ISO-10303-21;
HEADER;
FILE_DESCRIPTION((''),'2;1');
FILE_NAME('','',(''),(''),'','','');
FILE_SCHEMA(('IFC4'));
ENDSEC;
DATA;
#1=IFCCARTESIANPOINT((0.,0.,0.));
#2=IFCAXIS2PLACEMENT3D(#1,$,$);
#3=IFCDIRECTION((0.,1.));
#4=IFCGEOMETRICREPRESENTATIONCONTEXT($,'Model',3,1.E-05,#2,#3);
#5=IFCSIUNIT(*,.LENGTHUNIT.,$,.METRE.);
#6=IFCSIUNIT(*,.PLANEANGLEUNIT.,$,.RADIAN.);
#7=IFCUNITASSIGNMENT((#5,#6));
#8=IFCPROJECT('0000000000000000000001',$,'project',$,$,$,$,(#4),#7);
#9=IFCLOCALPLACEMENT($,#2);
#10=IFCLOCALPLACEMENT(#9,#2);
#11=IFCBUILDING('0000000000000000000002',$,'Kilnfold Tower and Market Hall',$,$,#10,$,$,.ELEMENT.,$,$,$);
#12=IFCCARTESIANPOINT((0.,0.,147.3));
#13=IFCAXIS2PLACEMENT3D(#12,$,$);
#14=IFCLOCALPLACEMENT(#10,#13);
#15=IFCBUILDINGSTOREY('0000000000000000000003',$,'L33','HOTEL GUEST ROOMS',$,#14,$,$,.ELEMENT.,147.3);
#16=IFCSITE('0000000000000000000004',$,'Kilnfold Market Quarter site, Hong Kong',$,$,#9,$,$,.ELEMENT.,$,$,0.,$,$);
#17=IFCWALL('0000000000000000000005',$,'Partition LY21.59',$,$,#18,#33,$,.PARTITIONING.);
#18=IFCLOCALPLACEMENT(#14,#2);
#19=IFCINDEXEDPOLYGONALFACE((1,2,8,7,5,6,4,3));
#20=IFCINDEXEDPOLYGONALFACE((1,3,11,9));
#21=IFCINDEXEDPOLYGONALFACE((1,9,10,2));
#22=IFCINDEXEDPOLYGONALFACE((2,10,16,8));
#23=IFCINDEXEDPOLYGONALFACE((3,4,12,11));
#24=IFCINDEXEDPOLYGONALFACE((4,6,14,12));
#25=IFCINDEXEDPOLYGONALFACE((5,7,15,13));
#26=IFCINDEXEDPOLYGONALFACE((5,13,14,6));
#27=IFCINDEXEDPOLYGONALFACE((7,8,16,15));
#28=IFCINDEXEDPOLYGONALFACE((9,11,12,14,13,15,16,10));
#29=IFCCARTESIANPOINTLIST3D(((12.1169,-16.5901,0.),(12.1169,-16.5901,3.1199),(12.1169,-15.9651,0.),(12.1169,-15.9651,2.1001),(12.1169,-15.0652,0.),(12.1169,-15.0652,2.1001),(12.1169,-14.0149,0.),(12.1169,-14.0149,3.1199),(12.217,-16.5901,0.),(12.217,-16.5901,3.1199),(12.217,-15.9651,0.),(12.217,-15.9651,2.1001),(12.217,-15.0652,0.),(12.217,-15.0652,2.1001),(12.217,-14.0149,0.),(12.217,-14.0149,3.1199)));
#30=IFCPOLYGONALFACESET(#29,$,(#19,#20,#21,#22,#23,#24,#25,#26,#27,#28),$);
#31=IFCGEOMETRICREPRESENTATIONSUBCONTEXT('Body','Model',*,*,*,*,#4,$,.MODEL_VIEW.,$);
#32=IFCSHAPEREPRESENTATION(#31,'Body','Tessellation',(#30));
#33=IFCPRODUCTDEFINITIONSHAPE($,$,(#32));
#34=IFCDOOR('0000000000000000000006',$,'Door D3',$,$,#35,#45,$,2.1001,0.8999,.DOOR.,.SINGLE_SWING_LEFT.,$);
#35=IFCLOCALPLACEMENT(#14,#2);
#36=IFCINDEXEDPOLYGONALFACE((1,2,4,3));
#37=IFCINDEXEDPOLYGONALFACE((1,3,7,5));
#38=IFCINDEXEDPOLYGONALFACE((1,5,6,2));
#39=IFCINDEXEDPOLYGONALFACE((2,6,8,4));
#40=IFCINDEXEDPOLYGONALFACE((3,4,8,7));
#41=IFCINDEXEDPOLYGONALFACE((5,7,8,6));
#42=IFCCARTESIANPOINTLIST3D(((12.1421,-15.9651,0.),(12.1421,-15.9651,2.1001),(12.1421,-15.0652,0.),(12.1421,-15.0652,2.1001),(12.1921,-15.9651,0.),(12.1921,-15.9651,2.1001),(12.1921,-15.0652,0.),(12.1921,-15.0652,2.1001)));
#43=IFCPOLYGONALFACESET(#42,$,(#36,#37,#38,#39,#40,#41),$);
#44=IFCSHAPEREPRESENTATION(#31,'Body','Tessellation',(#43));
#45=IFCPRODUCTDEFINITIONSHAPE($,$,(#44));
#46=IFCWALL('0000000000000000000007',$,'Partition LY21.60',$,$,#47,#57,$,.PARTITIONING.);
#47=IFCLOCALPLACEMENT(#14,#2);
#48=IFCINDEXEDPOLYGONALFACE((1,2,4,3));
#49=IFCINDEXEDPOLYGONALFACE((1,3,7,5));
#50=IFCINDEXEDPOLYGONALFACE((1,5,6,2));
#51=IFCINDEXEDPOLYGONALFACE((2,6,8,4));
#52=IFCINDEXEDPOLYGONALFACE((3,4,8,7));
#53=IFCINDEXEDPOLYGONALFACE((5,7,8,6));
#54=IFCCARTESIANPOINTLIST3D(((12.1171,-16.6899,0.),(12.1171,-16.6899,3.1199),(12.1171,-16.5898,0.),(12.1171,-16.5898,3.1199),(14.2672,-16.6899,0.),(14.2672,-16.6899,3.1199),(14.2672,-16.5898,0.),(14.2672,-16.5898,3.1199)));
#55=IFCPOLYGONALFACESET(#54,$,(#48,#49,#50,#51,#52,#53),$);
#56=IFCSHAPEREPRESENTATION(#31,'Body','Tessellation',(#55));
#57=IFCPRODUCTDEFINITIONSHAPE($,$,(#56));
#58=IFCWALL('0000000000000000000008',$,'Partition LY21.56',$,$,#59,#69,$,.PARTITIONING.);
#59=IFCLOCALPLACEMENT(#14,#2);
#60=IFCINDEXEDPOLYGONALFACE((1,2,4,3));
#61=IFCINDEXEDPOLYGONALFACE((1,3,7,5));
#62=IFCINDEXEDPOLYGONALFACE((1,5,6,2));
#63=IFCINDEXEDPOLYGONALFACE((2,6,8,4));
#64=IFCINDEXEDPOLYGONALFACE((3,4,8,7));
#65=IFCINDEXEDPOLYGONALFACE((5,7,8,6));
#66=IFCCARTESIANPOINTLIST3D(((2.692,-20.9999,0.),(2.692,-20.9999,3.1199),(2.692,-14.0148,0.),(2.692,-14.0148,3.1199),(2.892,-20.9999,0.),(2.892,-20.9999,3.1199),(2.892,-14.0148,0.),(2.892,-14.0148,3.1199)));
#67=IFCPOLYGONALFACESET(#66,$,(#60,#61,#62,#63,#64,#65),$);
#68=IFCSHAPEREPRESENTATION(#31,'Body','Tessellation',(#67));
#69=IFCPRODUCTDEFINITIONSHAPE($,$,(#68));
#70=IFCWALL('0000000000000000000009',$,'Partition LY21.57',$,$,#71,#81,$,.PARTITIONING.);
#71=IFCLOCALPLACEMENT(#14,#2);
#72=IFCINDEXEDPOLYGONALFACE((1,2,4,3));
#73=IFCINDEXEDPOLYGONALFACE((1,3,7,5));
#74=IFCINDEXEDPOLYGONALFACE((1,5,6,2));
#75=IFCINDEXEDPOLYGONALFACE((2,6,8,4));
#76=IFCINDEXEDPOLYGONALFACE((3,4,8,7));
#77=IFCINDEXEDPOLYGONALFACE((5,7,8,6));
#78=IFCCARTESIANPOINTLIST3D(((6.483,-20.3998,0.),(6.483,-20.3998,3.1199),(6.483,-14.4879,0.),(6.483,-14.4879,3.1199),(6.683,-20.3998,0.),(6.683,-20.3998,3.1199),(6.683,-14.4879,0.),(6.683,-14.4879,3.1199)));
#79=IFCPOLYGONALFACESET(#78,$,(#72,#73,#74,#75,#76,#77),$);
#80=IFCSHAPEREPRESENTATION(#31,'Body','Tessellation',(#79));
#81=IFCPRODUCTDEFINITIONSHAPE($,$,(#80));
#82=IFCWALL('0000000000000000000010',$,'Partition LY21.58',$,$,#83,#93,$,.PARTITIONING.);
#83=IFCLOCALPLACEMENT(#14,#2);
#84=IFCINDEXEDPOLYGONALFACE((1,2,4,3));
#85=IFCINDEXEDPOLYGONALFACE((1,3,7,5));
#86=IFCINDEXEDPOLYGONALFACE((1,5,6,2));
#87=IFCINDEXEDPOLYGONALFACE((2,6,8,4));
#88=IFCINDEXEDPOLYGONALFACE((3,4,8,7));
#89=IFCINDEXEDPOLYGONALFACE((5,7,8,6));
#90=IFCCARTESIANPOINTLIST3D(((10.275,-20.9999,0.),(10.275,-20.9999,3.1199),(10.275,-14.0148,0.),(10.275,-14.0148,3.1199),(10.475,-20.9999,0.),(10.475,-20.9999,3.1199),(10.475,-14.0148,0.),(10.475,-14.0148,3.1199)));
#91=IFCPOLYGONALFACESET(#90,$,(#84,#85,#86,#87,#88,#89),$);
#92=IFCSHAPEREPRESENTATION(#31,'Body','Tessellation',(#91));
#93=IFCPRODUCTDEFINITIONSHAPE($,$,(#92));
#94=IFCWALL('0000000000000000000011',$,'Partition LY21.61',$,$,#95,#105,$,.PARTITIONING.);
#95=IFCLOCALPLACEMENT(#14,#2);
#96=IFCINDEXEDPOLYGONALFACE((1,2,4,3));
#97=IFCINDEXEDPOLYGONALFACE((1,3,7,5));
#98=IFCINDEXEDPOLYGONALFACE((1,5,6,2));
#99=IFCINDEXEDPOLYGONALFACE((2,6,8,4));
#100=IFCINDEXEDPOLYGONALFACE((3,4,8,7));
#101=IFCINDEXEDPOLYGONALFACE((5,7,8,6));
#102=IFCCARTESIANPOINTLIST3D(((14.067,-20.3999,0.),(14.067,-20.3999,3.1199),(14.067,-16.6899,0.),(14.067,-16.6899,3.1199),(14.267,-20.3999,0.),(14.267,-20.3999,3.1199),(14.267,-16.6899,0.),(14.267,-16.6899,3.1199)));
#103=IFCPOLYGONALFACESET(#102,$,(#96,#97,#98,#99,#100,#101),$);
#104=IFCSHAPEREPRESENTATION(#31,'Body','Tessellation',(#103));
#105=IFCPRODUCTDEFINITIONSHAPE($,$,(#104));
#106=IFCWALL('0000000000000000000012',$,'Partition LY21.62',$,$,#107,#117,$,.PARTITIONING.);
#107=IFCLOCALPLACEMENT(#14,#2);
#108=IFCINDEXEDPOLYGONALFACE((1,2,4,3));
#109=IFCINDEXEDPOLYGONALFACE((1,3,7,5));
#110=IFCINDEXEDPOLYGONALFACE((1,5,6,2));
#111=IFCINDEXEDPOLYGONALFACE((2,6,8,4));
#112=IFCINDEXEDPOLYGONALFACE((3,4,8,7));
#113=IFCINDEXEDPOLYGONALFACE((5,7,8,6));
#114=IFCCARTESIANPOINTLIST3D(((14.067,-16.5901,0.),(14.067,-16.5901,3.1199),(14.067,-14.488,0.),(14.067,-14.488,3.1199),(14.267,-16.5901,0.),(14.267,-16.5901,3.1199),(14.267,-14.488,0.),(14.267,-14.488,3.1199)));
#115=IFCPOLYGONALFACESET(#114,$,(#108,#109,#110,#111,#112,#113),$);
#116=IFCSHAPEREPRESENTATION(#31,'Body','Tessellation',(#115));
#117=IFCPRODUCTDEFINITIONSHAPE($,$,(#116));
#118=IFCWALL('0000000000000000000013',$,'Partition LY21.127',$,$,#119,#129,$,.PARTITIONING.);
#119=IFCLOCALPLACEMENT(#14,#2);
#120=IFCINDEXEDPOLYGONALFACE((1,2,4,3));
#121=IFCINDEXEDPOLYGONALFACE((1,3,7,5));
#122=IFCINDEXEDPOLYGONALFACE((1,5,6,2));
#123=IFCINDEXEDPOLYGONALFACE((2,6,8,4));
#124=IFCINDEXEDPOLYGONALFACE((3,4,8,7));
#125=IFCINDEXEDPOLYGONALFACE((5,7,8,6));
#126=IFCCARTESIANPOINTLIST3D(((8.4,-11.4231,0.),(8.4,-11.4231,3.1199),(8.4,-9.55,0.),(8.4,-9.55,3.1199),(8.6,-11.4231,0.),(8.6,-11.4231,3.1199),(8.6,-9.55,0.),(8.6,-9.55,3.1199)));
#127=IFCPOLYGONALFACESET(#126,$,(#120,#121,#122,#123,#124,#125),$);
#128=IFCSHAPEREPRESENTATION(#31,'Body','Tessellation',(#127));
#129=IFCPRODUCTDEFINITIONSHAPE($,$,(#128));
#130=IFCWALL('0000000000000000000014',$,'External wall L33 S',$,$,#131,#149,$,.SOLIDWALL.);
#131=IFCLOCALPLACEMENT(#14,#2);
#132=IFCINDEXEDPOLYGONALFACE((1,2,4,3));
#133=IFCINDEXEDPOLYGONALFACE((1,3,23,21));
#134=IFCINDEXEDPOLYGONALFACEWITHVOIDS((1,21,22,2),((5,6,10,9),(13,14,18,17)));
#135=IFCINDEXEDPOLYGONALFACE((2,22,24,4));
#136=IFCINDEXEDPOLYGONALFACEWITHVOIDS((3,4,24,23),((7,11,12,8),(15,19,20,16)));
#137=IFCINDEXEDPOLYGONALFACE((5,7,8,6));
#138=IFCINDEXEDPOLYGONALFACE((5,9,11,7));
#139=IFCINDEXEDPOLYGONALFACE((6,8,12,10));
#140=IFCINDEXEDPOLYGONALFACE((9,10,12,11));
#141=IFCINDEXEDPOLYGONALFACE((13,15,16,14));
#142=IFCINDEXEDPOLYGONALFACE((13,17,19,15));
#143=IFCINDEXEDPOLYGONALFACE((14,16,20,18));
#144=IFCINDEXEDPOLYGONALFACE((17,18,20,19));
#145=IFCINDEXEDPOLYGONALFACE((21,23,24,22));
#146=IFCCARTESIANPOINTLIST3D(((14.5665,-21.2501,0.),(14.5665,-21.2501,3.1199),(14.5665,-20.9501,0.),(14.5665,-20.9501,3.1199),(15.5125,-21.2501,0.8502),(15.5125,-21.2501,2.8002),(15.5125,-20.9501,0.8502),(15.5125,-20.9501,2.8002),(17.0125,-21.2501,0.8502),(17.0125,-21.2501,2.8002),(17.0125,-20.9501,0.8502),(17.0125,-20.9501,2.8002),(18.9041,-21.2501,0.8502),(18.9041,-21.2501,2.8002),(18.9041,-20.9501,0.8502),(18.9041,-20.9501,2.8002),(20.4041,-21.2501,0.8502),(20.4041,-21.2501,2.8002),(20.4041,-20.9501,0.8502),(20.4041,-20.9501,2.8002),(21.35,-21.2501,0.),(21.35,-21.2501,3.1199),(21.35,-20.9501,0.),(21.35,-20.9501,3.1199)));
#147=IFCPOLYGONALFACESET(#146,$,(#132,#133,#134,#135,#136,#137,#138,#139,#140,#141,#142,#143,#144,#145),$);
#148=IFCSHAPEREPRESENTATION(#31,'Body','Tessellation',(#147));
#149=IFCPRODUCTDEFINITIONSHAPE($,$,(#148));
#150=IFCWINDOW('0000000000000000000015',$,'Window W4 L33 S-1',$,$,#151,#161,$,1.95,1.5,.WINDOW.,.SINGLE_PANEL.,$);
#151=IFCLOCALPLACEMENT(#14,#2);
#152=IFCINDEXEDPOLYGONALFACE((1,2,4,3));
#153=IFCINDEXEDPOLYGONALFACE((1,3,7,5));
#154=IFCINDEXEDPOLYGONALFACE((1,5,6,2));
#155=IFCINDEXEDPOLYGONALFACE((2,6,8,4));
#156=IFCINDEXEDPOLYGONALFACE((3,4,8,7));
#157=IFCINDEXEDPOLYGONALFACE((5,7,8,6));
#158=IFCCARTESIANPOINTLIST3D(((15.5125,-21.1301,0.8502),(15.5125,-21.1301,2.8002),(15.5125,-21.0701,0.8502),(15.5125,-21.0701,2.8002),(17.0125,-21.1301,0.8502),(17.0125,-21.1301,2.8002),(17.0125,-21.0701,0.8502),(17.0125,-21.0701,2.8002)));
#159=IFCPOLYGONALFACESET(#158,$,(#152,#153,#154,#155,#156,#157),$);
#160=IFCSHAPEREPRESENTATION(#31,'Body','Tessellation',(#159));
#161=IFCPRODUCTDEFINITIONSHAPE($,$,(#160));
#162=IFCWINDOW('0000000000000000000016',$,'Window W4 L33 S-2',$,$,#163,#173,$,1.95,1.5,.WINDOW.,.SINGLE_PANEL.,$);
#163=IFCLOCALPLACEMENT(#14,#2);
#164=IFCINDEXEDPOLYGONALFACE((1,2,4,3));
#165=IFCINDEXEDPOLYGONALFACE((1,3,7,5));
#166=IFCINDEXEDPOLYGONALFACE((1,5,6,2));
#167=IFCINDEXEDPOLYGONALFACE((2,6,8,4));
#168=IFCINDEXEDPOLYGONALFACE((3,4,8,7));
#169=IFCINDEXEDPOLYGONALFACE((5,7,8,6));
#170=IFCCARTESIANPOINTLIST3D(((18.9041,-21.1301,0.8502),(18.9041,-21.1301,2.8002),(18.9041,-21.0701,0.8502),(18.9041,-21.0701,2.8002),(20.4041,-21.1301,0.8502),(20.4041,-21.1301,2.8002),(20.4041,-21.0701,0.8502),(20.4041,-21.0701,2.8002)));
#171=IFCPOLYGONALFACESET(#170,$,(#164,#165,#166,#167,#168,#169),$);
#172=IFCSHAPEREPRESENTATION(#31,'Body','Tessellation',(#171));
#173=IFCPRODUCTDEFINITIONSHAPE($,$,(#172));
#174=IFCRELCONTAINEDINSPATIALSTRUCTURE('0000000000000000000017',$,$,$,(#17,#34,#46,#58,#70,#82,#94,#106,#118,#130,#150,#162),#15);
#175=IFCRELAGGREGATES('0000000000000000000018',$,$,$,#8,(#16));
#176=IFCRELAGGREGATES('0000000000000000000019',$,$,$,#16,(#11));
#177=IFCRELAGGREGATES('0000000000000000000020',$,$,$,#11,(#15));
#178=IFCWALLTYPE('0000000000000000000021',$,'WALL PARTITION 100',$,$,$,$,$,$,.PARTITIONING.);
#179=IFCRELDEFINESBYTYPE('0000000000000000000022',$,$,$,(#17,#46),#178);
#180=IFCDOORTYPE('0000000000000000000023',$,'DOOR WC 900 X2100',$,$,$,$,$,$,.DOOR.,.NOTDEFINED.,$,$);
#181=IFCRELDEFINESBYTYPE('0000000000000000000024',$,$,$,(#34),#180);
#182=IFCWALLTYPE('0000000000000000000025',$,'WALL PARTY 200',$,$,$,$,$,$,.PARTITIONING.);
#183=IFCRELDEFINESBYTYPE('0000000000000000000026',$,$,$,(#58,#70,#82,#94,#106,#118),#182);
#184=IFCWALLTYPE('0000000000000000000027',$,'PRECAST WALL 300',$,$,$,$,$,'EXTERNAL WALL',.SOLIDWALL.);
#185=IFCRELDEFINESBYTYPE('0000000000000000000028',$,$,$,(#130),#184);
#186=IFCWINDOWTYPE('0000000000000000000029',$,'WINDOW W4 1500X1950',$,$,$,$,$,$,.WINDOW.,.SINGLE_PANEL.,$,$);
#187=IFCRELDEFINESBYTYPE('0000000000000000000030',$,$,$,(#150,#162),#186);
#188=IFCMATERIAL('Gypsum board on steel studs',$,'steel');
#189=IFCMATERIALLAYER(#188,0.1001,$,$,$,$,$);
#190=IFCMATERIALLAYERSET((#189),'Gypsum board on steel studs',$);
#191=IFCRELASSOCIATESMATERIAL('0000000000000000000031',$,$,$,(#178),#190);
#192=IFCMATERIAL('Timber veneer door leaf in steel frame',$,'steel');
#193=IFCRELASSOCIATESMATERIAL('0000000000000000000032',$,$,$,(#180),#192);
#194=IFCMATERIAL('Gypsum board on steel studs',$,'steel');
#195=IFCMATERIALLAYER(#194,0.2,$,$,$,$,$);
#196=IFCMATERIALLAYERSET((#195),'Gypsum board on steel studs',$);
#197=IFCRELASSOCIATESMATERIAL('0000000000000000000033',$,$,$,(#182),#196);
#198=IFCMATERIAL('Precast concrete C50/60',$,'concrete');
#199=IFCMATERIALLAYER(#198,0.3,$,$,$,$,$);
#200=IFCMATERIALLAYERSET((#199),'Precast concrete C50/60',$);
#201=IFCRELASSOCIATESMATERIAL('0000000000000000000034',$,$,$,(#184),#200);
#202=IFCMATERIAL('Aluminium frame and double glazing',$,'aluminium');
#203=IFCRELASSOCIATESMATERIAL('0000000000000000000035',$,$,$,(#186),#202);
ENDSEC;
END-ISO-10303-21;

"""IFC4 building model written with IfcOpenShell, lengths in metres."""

from ifc_helpers import new_model, si_unit, direction, frame, frame_2d, origin, place, context, subcontext, project, spatial, rectangle, extrude, source, transform, mapped, material, layer, layer_set, type_object, element, fill, save


model = new_model("IFC4")

# Units and contexts
model_context = context("Model", 3, precision=1e-05, world=origin(), true_north=direction((0.0, 1.0)))
body_context = subcontext(model_context, "Body", "Model", "MODEL_VIEW")
ifc_project = project(units=[si_unit("LENGTHUNIT", "METRE"), si_unit("PLANEANGLEUNIT", "RADIAN")], contexts=[model_context])

# Site, building, storey
site_placement = place(None, origin())
site = spatial("IfcSite", under=ifc_project, at=site_placement, Name="Kilnfold Market Quarter site, Hong Kong", CompositionType="ELEMENT", RefElevation=0.0)
building_placement = place(site_placement, origin())
building = spatial("IfcBuilding", under=site, at=building_placement, Name="Kilnfold Tower and Market Hall", CompositionType="ELEMENT")
storey_placement = place(building_placement, frame((0.0, 0.0, 147.3)))
storey = spatial("IfcBuildingStorey", under=building, at=storey_placement, Name="L33", Description="HOTEL GUEST ROOMS", CompositionType="ELEMENT", Elevation=147.3)

# Wall, opening, door
ifc_material_1 = material(Name="Gypsum board on steel studs", Category="steel")
ifc_layer_1 = layer(ifc_material_1, 0.1001)
ifc_layer_set_1 = layer_set([ifc_layer_1], Name="Gypsum board on steel studs")
wall_type_1 = type_object("IfcWallType", Name="WALL PARTITION 100", PredefinedType="PARTITIONING", material=ifc_layer_set_1)
ifc_material_2 = material(Name="Timber veneer door leaf in steel frame", Category="steel")
door_type_1 = type_object("IfcDoorType", Name="DOOR WC 900 X2100", OperationType="NOTDEFINED", PredefinedType="DOOR", material=ifc_material_2)
wall_1_placement = place(storey_placement, frame((12.167, -16.5901, 0.0), z_axis=(0.0, 0.0, 1.0), x_axis=(0.0, 1.0, 0.0)))
wall_1 = element("IfcWall", 1, at=wall_1_placement, inside=storey, type_object=wall_type_1, Name="Partition LY21.59", PredefinedType="PARTITIONING", context=body_context, shape_type="SweptSolid", body=[
    extrude(rectangle(XDim=2.5752, YDim=0.1001, at=frame_2d((1.2876, 0.0))), origin(), (0.0, 0.0, 1.0), 3.1199),
])
opening_1_placement = place(wall_1_placement, frame((0.625, 0.0, 0.0)))
opening_1 = element("IfcOpeningElement", 2, at=opening_1_placement, cuts=wall_1, PredefinedType="OPENING", context=body_context, shape_type="SweptSolid", body=[
    extrude(rectangle(XDim=0.8999, YDim=2.1001, at=frame_2d((0.45, 1.05))), frame((0.0, 0.0601, 0.0), z_axis=(0.0, -1.0, 0.0), x_axis=(1.0, 0.0, 0.0)), (0.0, 0.0, 1.0), 0.1201),
])
door_1_placement = place(opening_1_placement, origin())
door_1 = element("IfcDoor", 3, at=door_1_placement, inside=storey, type_object=door_type_1, Name="Door D3", OperationType="SINGLE_SWING_LEFT", OverallHeight=2.1001, OverallWidth=0.8999, PredefinedType="DOOR", context=body_context, shape_type="SweptSolid", body=[
    extrude(rectangle(XDim=0.8999, YDim=2.1001, at=frame_2d((0.45, 1.05))), frame((0.0, 0.0249, 0.0), z_axis=(0.0, -1.0, 0.0), x_axis=(1.0, 0.0, 0.0)), (0.0, 0.0, 1.0), 0.05),
])
fill(opening_1, door_1)

# Walls
wall_2_placement = place(storey_placement, frame((12.1169, -16.6399, 0.0), z_axis=(0.0, 0.0, 1.0), x_axis=(1.0, 0.0, 0.0)))
element("IfcWall", 4, at=wall_2_placement, inside=storey, type_object=wall_type_1, Name="Partition LY21.60", PredefinedType="PARTITIONING", context=body_context, shape_type="SweptSolid", body=[
    extrude(rectangle(XDim=2.1501, YDim=0.1001, at=frame_2d((1.0752, 0.0))), origin(), (0.0, 0.0, 1.0), 3.1199),
])
ifc_material_3 = material(Name="Gypsum board on steel studs", Category="steel")
ifc_layer_2 = layer(ifc_material_3, 0.2)
ifc_layer_set_2 = layer_set([ifc_layer_2], Name="Gypsum board on steel studs")
wall_type_2 = type_object("IfcWallType", Name="WALL PARTY 200", PredefinedType="PARTITIONING", material=ifc_layer_set_2)
wall_3_placement = place(storey_placement, frame((2.792, -21.0, 0.0), z_axis=(0.0, 0.0, 1.0), x_axis=(0.0, 1.0, 0.0)))
element("IfcWall", 5, at=wall_3_placement, inside=storey, type_object=wall_type_2, Name="Partition LY21.56", PredefinedType="PARTITIONING", context=body_context, shape_type="SweptSolid", body=[
    extrude(rectangle(XDim=6.9851, YDim=0.2, at=frame_2d((3.4927, 0.0))), origin(), (0.0, 0.0, 1.0), 3.1199),
])
wall_4_placement = place(storey_placement, frame((6.583, -20.3999, 0.0), z_axis=(0.0, 0.0, 1.0), x_axis=(0.0, 1.0, 0.0)))
element("IfcWall", 6, at=wall_4_placement, inside=storey, type_object=wall_type_2, Name="Partition LY21.57", PredefinedType="PARTITIONING", context=body_context, shape_type="SweptSolid", body=[
    extrude(rectangle(XDim=5.9119, YDim=0.2, at=frame_2d((2.9561, 0.0))), origin(), (0.0, 0.0, 1.0), 3.1199),
])
wall_5_placement = place(storey_placement, frame((10.375, -21.0, 0.0), z_axis=(0.0, 0.0, 1.0), x_axis=(0.0, 1.0, 0.0)))
element("IfcWall", 7, at=wall_5_placement, inside=storey, type_object=wall_type_2, Name="Partition LY21.58", PredefinedType="PARTITIONING", context=body_context, shape_type="SweptSolid", body=[
    extrude(rectangle(XDim=6.9851, YDim=0.2, at=frame_2d((3.4927, 0.0))), origin(), (0.0, 0.0, 1.0), 3.1199),
])
wall_6_placement = place(storey_placement, frame((14.167, -20.3999, 0.0), z_axis=(0.0, 0.0, 1.0), x_axis=(0.0, 1.0, 0.0)))
element("IfcWall", 8, at=wall_6_placement, inside=storey, type_object=wall_type_2, Name="Partition LY21.61", PredefinedType="PARTITIONING", context=body_context, shape_type="SweptSolid", body=[
    extrude(rectangle(XDim=3.71, YDim=0.2, at=frame_2d((1.855, 0.0))), origin(), (0.0, 0.0, 1.0), 3.1199),
])
wall_7_placement = place(storey_placement, frame((14.167, -16.5901, 0.0), z_axis=(0.0, 0.0, 1.0), x_axis=(0.0, 1.0, 0.0)))
element("IfcWall", 9, at=wall_7_placement, inside=storey, type_object=wall_type_2, Name="Partition LY21.62", PredefinedType="PARTITIONING", context=body_context, shape_type="SweptSolid", body=[
    extrude(rectangle(XDim=2.1021, YDim=0.2, at=frame_2d((1.051, 0.0))), origin(), (0.0, 0.0, 1.0), 3.1199),
])
wall_8_placement = place(storey_placement, frame((8.5, -11.4231, 0.0), z_axis=(0.0, 0.0, 1.0), x_axis=(0.0, 1.0, 0.0)))
element("IfcWall", 10, at=wall_8_placement, inside=storey, type_object=wall_type_2, Name="Partition LY21.127", PredefinedType="PARTITIONING", context=body_context, shape_type="SweptSolid", body=[
    extrude(rectangle(XDim=1.873, YDim=0.2, at=frame_2d((0.9365, 0.0))), origin(), (0.0, 0.0, 1.0), 3.1199),
])

# Wall, openings, windows
ifc_material_4 = material(Name="Precast concrete C50/60", Category="concrete")
ifc_layer_3 = layer(ifc_material_4, 0.3)
ifc_layer_set_3 = layer_set([ifc_layer_3], Name="Precast concrete C50/60")
wall_type_3 = type_object("IfcWallType", Name="PRECAST WALL 300", ElementType="EXTERNAL WALL", PredefinedType="SOLIDWALL", material=ifc_layer_set_3)
shared_shape_1 = source(origin(), body_context, "Body", "SweptSolid", [
    extrude(rectangle(XDim=6.7834, YDim=0.3, at=frame_2d((3.3916, 0.0))), origin(), (0.0, 0.0, 1.0), 3.1199),
])
wall_9_placement = place(storey_placement, frame((14.5667, -21.1001, 0.0), z_axis=(0.0, 0.0, 1.0), x_axis=(1.0, 0.0, 0.0)))
wall_9 = element("IfcWall", 11, at=wall_9_placement, inside=storey, type_object=wall_type_3, Name="External wall L33 S", PredefinedType="SOLIDWALL", context=body_context, shape_type="MappedRepresentation", body=[
    mapped(shared_shape_1, transform((0.0, 0.0, 0.0))),
])
opening_2_placement = place(wall_9_placement, frame((0.9458, 0.0, 0.8501)))
opening_2 = element("IfcOpeningElement", 12, at=opening_2_placement, cuts=wall_9, PredefinedType="OPENING", context=body_context, shape_type="SweptSolid", body=[
    extrude(rectangle(XDim=1.5, YDim=1.95, at=frame_2d((0.75, 0.9751))), frame((0.0, 0.1602, 0.0), z_axis=(0.0, -1.0, 0.0), x_axis=(1.0, 0.0, 0.0)), (0.0, 0.0, 1.0), 0.3201),
])
opening_3_placement = place(wall_9_placement, frame((4.3374, 0.0, 0.8501)))
opening_3 = element("IfcOpeningElement", 13, at=opening_3_placement, cuts=wall_9, PredefinedType="OPENING", context=body_context, shape_type="SweptSolid", body=[
    extrude(rectangle(XDim=1.5, YDim=1.95, at=frame_2d((0.75, 0.9751))), frame((0.0, 0.1602, 0.0), z_axis=(0.0, -1.0, 0.0), x_axis=(1.0, 0.0, 0.0)), (0.0, 0.0, 1.0), 0.3201),
])
ifc_material_5 = material(Name="Aluminium frame and double glazing", Category="aluminium")
window_type = type_object("IfcWindowType", Name="WINDOW W4 1500X1950", PartitioningType="SINGLE_PANEL", PredefinedType="WINDOW", material=ifc_material_5)
window_1_placement = place(opening_2_placement, origin())
window_1 = element("IfcWindow", 14, at=window_1_placement, inside=storey, type_object=window_type, Name="Window W4 L33 S-1", OverallHeight=1.95, OverallWidth=1.5, PartitioningType="SINGLE_PANEL", PredefinedType="WINDOW", context=body_context, shape_type="SweptSolid", body=[
    extrude(rectangle(XDim=1.5, YDim=1.95, at=frame_2d((0.75, 0.9751))), frame((0.0, 0.03, 0.0), z_axis=(0.0, -1.0, 0.0), x_axis=(1.0, 0.0, 0.0)), (0.0, 0.0, 1.0), 0.0601),
])
fill(opening_2, window_1)
window_2_placement = place(opening_3_placement, origin())
window_2 = element("IfcWindow", 15, at=window_2_placement, inside=storey, type_object=window_type, Name="Window W4 L33 S-2", OverallHeight=1.95, OverallWidth=1.5, PartitioningType="SINGLE_PANEL", PredefinedType="WINDOW", context=body_context, shape_type="SweptSolid", body=[
    extrude(rectangle(XDim=1.5, YDim=1.95, at=frame_2d((0.75, 0.9751))), frame((0.0, 0.03, 0.0), z_axis=(0.0, -1.0, 0.0), x_axis=(1.0, 0.0, 0.0)), (0.0, 0.0, 1.0), 0.0601),
])
fill(opening_3, window_2)

save(model, "model.ifc")
